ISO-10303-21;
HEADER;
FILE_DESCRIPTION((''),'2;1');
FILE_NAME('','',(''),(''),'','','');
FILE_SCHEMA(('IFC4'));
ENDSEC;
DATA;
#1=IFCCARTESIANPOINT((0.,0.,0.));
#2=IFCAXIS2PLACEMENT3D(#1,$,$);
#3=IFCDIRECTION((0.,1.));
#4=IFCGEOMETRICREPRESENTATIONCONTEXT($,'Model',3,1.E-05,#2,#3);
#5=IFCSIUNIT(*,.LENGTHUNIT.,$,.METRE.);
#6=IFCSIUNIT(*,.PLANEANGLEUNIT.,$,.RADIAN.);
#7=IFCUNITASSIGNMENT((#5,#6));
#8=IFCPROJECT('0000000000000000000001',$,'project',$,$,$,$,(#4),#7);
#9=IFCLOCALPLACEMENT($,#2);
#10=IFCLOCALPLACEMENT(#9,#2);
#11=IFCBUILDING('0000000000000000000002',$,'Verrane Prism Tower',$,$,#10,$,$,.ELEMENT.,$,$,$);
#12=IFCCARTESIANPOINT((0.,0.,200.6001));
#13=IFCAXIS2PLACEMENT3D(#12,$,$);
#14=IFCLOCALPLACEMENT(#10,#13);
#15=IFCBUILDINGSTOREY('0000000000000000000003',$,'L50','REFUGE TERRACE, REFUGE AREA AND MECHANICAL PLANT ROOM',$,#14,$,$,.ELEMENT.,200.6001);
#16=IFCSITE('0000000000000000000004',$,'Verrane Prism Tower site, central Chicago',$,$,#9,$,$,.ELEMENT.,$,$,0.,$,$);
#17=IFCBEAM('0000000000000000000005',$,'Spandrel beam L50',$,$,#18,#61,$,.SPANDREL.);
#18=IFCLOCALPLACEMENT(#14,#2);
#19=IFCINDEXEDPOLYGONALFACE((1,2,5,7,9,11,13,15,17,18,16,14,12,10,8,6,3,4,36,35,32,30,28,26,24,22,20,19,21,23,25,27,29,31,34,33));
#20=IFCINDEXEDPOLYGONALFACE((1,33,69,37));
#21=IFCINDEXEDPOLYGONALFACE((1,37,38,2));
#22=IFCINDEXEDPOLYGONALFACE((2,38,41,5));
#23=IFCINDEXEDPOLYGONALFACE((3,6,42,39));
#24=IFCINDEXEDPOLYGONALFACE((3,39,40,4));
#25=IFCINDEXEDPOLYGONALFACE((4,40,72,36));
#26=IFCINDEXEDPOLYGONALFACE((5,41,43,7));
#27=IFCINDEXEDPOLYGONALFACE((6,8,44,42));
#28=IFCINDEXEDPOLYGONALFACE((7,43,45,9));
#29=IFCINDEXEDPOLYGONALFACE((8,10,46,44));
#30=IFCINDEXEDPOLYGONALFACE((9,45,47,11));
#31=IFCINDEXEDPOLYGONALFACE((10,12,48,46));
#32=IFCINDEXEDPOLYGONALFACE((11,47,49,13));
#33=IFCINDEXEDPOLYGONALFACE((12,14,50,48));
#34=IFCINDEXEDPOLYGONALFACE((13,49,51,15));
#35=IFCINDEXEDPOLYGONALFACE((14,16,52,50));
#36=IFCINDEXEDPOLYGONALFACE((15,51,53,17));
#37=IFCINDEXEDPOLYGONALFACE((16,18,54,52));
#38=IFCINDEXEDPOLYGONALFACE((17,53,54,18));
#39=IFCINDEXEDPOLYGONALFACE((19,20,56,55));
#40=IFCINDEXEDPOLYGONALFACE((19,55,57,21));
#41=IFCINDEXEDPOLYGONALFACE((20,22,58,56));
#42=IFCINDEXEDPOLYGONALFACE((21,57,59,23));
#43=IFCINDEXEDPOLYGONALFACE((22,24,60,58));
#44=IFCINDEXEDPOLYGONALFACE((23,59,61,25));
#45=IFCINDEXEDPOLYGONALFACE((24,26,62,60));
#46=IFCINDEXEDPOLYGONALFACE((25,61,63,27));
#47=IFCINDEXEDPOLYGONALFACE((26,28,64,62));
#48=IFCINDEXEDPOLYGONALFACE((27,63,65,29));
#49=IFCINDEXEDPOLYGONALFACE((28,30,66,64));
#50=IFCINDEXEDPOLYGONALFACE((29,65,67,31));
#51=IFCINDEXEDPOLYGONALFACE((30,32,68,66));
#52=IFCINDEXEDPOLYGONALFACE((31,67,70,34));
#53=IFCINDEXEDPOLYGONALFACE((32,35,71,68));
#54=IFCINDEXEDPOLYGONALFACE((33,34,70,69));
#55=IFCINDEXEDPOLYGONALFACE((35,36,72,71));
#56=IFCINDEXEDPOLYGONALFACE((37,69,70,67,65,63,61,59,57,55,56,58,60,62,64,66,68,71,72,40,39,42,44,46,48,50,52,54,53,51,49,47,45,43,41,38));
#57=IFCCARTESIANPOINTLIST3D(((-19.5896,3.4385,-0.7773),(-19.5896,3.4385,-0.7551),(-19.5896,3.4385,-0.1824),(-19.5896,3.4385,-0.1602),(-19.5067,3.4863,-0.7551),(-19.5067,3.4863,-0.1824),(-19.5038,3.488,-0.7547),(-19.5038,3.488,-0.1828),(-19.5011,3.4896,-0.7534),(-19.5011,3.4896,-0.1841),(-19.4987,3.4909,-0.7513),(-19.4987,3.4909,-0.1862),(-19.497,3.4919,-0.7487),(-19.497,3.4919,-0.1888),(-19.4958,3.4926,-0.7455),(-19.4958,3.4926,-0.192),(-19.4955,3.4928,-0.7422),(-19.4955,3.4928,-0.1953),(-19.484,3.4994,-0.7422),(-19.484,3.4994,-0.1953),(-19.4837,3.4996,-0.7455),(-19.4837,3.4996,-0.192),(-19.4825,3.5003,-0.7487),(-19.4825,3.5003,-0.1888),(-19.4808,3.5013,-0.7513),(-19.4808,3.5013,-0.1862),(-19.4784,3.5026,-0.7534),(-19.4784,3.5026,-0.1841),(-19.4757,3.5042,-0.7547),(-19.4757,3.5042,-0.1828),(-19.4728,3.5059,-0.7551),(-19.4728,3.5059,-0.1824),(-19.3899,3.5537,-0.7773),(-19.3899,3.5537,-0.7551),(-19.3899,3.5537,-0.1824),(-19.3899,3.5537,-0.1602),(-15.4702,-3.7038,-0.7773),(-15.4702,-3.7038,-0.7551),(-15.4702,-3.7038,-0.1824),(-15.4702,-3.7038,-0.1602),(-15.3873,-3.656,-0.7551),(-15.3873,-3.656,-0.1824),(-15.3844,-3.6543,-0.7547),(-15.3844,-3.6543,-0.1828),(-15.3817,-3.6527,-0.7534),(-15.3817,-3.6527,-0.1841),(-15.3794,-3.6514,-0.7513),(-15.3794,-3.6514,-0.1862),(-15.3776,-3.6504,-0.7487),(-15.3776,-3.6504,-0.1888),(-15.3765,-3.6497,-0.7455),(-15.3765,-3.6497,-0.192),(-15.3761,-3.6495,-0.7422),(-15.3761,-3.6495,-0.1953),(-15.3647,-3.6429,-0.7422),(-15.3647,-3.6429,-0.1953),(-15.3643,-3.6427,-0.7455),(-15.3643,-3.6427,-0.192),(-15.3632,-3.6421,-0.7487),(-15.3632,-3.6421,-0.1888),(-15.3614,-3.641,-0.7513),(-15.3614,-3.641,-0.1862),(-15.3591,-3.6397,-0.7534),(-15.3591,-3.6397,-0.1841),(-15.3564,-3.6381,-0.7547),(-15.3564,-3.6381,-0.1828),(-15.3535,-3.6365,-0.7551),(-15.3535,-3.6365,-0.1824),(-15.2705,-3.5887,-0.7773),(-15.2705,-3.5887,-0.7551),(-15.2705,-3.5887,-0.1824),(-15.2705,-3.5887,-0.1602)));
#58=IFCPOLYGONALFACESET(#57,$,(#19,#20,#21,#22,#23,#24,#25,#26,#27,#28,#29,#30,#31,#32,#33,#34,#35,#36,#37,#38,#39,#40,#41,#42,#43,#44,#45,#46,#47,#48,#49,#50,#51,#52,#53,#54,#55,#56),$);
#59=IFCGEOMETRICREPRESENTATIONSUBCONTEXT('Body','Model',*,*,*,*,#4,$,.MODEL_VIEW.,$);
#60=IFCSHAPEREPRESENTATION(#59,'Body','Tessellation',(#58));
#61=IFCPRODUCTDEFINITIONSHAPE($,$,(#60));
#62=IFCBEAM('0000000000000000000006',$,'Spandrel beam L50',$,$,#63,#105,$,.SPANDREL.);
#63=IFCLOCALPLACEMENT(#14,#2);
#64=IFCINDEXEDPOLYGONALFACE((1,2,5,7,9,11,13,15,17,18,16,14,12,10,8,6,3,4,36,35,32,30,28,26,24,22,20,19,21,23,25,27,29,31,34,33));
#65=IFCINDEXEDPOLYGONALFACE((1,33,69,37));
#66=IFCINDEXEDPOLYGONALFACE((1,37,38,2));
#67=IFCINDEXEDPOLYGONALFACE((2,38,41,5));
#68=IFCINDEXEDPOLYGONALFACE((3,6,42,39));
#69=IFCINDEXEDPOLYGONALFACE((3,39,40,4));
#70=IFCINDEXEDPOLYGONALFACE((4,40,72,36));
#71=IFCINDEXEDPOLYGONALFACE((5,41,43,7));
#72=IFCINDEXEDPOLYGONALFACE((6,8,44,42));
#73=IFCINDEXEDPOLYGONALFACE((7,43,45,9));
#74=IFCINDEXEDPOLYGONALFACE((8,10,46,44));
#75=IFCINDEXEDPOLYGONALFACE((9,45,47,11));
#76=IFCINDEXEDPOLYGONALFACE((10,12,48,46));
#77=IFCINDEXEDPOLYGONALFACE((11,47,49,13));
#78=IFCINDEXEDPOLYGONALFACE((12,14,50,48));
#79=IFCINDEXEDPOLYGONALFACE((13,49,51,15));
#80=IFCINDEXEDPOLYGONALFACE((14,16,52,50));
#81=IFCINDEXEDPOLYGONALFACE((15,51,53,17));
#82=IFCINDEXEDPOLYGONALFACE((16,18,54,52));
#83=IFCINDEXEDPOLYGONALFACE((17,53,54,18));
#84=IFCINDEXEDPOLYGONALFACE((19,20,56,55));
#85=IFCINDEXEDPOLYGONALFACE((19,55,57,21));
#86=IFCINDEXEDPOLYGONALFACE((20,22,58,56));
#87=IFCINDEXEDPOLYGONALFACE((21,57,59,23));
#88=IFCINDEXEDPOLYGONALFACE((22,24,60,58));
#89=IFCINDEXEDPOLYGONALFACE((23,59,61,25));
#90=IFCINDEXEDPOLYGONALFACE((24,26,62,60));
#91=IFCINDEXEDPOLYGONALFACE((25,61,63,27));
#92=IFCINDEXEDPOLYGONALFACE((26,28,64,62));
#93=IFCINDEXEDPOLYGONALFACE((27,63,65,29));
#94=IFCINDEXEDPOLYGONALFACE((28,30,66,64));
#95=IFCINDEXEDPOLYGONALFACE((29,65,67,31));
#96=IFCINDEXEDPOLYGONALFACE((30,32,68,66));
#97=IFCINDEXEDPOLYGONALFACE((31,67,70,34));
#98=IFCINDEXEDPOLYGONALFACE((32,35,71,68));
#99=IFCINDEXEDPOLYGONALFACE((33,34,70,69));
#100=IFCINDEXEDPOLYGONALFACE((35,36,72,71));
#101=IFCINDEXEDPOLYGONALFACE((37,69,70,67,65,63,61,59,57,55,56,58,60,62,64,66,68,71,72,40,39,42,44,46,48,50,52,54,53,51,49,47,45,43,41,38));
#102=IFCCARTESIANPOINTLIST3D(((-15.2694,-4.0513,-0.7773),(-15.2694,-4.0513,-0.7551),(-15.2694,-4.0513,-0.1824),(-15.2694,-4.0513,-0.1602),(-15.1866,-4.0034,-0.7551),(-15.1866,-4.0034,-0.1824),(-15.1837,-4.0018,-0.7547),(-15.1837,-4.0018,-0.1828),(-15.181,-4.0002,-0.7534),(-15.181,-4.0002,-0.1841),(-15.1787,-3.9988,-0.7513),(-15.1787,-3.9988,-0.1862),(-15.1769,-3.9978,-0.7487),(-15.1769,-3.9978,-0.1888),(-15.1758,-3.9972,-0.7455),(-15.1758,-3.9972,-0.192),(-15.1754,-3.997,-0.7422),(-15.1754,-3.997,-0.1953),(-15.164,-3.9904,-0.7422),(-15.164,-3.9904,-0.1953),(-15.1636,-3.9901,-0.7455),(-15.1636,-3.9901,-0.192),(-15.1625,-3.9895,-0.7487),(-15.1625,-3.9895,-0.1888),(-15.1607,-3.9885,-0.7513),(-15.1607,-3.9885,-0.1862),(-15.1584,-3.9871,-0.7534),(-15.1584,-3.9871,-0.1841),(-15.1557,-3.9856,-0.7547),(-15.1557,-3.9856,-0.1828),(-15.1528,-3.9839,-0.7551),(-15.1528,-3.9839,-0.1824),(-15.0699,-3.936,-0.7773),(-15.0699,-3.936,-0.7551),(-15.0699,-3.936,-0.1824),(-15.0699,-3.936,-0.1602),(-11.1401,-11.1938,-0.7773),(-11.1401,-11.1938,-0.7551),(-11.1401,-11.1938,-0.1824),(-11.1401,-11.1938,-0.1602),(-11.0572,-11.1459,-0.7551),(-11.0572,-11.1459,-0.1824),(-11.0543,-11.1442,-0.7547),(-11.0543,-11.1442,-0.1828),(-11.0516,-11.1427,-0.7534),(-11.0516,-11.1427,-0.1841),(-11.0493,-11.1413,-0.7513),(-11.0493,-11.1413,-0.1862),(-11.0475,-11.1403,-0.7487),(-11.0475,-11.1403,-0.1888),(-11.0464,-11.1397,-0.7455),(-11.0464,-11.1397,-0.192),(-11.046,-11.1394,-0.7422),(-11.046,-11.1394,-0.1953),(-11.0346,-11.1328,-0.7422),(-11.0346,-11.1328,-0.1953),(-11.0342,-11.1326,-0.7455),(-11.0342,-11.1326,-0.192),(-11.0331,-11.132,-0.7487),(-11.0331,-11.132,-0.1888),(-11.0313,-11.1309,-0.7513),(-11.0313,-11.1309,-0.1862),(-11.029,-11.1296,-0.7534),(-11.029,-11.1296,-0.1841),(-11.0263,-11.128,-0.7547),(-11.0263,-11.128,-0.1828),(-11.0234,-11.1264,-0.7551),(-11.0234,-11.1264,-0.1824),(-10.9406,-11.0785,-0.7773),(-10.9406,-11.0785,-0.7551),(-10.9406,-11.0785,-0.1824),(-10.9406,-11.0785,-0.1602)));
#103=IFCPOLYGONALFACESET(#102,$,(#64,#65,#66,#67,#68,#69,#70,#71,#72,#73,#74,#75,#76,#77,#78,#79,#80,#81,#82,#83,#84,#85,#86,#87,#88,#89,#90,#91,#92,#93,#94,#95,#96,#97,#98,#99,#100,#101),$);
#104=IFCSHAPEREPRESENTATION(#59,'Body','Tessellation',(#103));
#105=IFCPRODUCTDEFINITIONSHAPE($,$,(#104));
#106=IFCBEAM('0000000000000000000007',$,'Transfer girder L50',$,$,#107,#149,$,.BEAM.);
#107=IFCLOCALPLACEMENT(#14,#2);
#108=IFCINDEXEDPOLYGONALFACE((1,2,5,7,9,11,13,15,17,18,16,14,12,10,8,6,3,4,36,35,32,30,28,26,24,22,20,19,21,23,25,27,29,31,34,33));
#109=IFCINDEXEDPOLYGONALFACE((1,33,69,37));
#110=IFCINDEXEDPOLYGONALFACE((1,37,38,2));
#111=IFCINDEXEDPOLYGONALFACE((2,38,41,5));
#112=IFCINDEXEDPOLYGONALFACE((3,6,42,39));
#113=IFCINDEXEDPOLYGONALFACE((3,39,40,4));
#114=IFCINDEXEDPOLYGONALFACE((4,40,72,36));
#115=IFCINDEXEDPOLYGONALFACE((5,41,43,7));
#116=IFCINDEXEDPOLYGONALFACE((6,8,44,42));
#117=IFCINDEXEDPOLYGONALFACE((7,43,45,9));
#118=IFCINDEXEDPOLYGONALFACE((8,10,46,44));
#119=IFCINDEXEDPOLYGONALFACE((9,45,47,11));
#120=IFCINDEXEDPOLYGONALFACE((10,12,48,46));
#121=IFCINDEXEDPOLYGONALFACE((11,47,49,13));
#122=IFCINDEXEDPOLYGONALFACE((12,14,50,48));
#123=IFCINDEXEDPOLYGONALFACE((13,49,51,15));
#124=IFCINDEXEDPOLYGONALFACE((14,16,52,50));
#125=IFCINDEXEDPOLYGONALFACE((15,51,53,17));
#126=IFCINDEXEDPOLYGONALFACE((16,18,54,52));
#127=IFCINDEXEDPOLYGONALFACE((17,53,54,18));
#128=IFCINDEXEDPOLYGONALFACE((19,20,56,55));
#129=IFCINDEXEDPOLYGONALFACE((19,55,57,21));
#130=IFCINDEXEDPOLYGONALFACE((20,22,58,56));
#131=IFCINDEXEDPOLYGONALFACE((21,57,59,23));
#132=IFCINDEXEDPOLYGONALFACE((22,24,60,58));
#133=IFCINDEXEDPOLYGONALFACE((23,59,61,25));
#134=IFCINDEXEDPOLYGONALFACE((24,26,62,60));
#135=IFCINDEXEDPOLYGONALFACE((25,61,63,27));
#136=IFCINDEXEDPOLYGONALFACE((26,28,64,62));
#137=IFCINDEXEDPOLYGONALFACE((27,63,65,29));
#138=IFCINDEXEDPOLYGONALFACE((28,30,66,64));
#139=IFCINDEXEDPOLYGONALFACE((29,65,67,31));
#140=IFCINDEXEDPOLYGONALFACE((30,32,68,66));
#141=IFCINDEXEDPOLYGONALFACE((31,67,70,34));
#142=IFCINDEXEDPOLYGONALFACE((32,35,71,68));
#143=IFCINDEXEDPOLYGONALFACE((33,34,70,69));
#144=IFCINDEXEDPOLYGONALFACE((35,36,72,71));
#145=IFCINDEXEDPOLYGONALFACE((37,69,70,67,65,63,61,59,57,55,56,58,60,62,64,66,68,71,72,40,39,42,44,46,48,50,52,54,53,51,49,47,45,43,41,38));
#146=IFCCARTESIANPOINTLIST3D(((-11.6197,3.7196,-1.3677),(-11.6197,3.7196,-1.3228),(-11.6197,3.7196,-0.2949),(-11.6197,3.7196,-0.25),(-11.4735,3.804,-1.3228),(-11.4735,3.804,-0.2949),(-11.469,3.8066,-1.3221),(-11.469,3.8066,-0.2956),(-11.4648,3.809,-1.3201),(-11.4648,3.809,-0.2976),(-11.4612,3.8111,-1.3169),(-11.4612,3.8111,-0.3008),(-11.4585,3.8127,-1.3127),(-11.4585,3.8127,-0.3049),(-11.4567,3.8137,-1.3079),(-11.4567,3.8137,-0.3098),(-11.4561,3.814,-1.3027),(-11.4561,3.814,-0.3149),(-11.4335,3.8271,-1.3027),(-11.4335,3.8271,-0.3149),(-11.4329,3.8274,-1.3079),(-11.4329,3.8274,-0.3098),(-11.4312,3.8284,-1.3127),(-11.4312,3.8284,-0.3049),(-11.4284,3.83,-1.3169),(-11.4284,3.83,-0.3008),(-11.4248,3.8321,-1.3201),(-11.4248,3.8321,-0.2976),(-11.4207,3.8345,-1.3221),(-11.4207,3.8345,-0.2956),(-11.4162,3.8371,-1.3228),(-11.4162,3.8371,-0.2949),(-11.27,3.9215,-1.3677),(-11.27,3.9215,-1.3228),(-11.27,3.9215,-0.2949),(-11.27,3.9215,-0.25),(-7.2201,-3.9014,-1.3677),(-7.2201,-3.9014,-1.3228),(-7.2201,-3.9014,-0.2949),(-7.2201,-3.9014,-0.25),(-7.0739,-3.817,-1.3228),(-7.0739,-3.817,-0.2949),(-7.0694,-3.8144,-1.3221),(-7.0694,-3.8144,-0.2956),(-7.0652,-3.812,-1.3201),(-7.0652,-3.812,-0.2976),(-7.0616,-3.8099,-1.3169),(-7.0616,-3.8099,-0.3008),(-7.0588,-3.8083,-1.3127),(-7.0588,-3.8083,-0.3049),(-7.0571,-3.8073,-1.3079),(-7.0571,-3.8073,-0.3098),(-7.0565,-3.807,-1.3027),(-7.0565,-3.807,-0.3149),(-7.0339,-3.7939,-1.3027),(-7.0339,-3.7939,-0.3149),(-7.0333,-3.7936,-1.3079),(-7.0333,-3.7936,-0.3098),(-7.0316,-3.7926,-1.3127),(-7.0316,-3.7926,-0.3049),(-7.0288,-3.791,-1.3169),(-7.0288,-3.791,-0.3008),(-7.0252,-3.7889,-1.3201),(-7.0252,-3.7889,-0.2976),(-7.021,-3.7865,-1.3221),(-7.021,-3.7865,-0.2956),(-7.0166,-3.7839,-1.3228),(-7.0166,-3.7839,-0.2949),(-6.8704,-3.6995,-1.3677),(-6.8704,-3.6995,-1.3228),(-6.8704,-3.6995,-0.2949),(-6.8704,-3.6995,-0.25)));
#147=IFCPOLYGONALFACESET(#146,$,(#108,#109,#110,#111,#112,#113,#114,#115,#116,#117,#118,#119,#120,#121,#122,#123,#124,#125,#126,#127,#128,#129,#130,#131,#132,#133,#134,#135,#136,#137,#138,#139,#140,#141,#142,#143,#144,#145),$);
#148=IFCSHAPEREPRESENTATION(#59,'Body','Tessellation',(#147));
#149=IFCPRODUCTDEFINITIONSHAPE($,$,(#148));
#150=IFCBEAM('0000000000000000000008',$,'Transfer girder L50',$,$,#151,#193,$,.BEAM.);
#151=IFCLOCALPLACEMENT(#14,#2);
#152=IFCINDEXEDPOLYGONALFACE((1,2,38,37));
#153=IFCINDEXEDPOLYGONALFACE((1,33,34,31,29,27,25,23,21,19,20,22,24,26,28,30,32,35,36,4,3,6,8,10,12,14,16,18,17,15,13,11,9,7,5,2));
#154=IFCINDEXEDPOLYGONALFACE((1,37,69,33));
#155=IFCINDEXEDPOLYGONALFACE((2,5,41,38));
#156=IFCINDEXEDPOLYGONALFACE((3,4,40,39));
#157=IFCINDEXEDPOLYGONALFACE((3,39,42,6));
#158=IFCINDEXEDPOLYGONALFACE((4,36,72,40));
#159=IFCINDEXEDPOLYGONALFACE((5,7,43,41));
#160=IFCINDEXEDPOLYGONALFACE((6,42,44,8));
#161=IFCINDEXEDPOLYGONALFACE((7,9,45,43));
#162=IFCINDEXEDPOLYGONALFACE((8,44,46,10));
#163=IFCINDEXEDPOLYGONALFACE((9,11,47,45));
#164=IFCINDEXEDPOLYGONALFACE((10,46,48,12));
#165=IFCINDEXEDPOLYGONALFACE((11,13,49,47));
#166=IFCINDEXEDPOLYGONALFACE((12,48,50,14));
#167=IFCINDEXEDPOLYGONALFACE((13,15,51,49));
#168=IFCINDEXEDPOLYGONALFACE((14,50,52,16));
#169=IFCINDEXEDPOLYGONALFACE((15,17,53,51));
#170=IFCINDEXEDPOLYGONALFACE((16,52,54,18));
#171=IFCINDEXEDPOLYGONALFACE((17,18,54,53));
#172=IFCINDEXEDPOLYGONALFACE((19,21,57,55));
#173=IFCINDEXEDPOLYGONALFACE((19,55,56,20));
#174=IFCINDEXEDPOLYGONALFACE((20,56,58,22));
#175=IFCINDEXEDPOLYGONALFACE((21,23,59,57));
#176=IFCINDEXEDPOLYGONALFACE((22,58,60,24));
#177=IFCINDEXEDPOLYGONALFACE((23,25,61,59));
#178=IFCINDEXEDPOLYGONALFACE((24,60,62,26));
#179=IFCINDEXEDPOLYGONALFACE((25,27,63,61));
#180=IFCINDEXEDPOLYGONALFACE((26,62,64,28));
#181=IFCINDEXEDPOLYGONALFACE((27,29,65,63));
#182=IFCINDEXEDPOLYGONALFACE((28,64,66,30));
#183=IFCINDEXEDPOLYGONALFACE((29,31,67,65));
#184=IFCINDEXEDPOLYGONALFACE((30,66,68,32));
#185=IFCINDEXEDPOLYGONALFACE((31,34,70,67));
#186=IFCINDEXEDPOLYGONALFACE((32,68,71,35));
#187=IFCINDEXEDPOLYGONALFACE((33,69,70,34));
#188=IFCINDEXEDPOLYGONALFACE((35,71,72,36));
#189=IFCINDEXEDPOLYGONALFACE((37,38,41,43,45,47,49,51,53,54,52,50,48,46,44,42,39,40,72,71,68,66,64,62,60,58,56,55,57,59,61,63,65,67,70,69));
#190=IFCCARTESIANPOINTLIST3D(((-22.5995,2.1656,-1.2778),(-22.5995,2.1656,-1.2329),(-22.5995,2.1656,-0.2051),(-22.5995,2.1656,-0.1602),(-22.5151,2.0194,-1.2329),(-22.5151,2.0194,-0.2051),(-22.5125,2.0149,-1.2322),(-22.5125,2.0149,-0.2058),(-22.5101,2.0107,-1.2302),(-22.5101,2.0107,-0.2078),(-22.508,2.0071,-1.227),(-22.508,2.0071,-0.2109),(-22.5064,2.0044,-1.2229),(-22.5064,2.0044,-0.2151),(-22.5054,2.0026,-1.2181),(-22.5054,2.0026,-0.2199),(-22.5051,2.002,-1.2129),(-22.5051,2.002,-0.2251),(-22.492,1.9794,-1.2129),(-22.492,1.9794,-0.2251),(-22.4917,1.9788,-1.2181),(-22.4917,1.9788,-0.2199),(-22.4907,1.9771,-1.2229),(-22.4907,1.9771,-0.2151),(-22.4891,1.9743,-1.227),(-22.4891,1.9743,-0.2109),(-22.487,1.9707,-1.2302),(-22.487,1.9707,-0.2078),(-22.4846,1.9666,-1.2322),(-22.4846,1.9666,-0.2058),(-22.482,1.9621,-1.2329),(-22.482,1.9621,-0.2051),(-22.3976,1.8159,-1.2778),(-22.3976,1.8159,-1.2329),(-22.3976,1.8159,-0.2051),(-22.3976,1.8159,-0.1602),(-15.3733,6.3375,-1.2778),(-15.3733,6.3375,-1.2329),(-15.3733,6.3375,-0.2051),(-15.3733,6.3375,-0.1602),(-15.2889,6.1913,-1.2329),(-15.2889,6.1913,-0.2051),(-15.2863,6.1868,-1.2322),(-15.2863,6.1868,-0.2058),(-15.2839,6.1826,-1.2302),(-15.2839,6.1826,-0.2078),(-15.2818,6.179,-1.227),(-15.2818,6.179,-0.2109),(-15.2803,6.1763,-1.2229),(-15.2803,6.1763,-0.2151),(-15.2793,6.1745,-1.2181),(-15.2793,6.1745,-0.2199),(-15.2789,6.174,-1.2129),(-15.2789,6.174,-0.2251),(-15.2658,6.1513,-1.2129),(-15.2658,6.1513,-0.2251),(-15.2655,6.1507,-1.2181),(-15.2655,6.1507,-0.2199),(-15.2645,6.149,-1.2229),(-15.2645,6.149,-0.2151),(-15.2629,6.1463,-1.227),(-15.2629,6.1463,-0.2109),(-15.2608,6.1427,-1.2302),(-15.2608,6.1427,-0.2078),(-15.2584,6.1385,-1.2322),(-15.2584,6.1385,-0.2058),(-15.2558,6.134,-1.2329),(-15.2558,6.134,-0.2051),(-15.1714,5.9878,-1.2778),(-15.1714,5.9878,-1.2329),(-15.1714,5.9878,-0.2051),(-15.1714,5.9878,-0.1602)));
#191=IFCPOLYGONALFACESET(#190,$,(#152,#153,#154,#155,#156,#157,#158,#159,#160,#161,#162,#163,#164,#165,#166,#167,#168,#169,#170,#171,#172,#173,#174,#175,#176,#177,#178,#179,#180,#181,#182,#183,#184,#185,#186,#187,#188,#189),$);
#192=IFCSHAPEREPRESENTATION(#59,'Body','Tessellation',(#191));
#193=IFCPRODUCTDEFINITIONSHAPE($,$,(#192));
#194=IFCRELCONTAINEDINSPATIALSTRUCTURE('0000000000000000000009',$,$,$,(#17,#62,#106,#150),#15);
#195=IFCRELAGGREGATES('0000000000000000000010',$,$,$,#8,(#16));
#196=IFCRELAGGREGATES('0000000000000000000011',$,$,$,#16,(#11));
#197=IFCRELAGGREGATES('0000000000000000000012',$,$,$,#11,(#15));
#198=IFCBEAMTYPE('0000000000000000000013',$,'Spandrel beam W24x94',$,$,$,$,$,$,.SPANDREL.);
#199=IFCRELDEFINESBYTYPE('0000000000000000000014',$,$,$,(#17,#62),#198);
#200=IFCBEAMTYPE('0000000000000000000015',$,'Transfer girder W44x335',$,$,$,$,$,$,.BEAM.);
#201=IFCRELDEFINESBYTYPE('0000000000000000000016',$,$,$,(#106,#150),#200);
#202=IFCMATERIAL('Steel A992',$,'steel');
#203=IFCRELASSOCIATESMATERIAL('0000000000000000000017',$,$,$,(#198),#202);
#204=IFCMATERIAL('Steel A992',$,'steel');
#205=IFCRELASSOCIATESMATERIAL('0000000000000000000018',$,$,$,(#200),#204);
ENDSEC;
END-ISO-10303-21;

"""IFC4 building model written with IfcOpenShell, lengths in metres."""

from ifc_helpers import new_model, si_unit, direction, frame, origin, origin_2d, place, context, subcontext, project, spatial, i_section, extrude, material, material_profile, profile_set, type_object, element, save


model = new_model("IFC4")

# Units and contexts
model_context = context("Model", 3, precision=1e-05, world=origin(), true_north=direction((0.0, 1.0)))
body_context = subcontext(model_context, "Body", "Model", "MODEL_VIEW")
ifc_project = project(units=[si_unit("LENGTHUNIT", "METRE"), si_unit("PLANEANGLEUNIT", "RADIAN")], contexts=[model_context])

# Site, building, storey
site_placement = place(None, origin())
site = spatial("IfcSite", under=ifc_project, at=site_placement, Name="Verrane Prism Tower site, central Chicago", CompositionType="ELEMENT", RefElevation=0.0)
building_placement = place(site_placement, origin())
building = spatial("IfcBuilding", under=site, at=building_placement, Name="Verrane Prism Tower", CompositionType="ELEMENT")
storey_placement = place(building_placement, frame((0.0, 0.0, 200.6001)))
storey = spatial("IfcBuildingStorey", under=building, at=storey_placement, Name="L50", Description="REFUGE TERRACE, REFUGE AREA AND MECHANICAL PLANT ROOM", CompositionType="ELEMENT", Elevation=200.6001)

# Beams
ifc_material_1 = material(Name="Steel A992", Category="steel")
ifc_material_profile_1 = material_profile(ifc_material_1, i_section(OverallWidth=0.2305, OverallDepth=0.6172, WebThickness=0.0132, FlangeThickness=0.0222, FilletRadius=0.0129, at=origin_2d()), Name="W24x94")
ifc_profile_set_1 = profile_set([ifc_material_profile_1], Name="Steel A992")
beam_type_1 = type_object("IfcBeamType", Name="Spandrel beam W24x94", PredefinedType="SPANDREL", material=ifc_profile_set_1)
beam_1_placement = place(storey_placement, frame((-19.4897, 3.4961, -0.4688), z_axis=(0.499614, -0.866248, 0.0), x_axis=(0.866248, 0.499614, 0.0)))
element("IfcBeam", 1, at=beam_1_placement, inside=storey, type_object=beam_type_1, Name="Spandrel beam L50", PredefinedType="SPANDREL", context=body_context, shape_type="SweptSolid", body=[
    extrude(i_section(OverallWidth=0.2305, OverallDepth=0.6172, WebThickness=0.0132, FlangeThickness=0.0222, FilletRadius=0.0129, at=origin_2d()), origin(), (0.0, 0.0, 1.0), 8.2451),
])
beam_2_placement = place(storey_placement, frame((-15.1697, -3.9937, -0.4688), z_axis=(0.500511, -0.86573, 0.0), x_axis=(0.86573, 0.500511, 0.0)))
element("IfcBeam", 2, at=beam_2_placement, inside=storey, type_object=beam_type_1, Name="Spandrel beam L50", PredefinedType="SPANDREL", context=body_context, shape_type="SweptSolid", body=[
    extrude(i_section(OverallWidth=0.2305, OverallDepth=0.6172, WebThickness=0.0132, FlangeThickness=0.0222, FilletRadius=0.0129, at=origin_2d()), origin(), (0.0, 0.0, 1.0), 8.2502),
])
ifc_material_2 = material(Name="Steel A992", Category="steel")
ifc_material_profile_2 = material_profile(ifc_material_2, i_section(OverallWidth=0.4038, OverallDepth=1.1177, WebThickness=0.0261, FlangeThickness=0.0449, FilletRadius=0.02, at=origin_2d()), Name="W44x335")
ifc_profile_set_2 = profile_set([ifc_material_profile_2], Name="Steel A992")
beam_type_2 = type_object("IfcBeamType", Name="Transfer girder W44x335", PredefinedType="BEAM", material=ifc_profile_set_2)
beam_3_placement = place(storey_placement, frame((-11.4448, 3.8206, -0.8088), z_axis=(0.499967, -0.866044, 0.0), x_axis=(0.866044, 0.499967, 0.0)))
element("IfcBeam", 3, at=beam_3_placement, inside=storey, type_object=beam_type_2, Name="Transfer girder L50", PredefinedType="BEAM", context=body_context, shape_type="SweptSolid", body=[
    extrude(i_section(OverallWidth=0.4038, OverallDepth=1.1177, WebThickness=0.0261, FlangeThickness=0.0449, FilletRadius=0.02, at=origin_2d()), origin(), (0.0, 0.0, 1.0), 8.7998),
])
beam_4_placement = place(storey_placement, frame((-22.4985, 1.9907, -0.719), z_axis=(0.866031, 0.499991, 0.0), x_axis=(-0.499991, 0.866031, 0.0)))
element("IfcBeam", 4, at=beam_4_placement, inside=storey, type_object=beam_type_2, Name="Transfer girder L50", PredefinedType="BEAM", context=body_context, shape_type="SweptSolid", body=[
    extrude(i_section(OverallWidth=0.4038, OverallDepth=1.1177, WebThickness=0.0261, FlangeThickness=0.0449, FilletRadius=0.02, at=origin_2d()), origin(), (0.0, 0.0, 1.0), 8.344),
])

save(model, "model.ifc")
